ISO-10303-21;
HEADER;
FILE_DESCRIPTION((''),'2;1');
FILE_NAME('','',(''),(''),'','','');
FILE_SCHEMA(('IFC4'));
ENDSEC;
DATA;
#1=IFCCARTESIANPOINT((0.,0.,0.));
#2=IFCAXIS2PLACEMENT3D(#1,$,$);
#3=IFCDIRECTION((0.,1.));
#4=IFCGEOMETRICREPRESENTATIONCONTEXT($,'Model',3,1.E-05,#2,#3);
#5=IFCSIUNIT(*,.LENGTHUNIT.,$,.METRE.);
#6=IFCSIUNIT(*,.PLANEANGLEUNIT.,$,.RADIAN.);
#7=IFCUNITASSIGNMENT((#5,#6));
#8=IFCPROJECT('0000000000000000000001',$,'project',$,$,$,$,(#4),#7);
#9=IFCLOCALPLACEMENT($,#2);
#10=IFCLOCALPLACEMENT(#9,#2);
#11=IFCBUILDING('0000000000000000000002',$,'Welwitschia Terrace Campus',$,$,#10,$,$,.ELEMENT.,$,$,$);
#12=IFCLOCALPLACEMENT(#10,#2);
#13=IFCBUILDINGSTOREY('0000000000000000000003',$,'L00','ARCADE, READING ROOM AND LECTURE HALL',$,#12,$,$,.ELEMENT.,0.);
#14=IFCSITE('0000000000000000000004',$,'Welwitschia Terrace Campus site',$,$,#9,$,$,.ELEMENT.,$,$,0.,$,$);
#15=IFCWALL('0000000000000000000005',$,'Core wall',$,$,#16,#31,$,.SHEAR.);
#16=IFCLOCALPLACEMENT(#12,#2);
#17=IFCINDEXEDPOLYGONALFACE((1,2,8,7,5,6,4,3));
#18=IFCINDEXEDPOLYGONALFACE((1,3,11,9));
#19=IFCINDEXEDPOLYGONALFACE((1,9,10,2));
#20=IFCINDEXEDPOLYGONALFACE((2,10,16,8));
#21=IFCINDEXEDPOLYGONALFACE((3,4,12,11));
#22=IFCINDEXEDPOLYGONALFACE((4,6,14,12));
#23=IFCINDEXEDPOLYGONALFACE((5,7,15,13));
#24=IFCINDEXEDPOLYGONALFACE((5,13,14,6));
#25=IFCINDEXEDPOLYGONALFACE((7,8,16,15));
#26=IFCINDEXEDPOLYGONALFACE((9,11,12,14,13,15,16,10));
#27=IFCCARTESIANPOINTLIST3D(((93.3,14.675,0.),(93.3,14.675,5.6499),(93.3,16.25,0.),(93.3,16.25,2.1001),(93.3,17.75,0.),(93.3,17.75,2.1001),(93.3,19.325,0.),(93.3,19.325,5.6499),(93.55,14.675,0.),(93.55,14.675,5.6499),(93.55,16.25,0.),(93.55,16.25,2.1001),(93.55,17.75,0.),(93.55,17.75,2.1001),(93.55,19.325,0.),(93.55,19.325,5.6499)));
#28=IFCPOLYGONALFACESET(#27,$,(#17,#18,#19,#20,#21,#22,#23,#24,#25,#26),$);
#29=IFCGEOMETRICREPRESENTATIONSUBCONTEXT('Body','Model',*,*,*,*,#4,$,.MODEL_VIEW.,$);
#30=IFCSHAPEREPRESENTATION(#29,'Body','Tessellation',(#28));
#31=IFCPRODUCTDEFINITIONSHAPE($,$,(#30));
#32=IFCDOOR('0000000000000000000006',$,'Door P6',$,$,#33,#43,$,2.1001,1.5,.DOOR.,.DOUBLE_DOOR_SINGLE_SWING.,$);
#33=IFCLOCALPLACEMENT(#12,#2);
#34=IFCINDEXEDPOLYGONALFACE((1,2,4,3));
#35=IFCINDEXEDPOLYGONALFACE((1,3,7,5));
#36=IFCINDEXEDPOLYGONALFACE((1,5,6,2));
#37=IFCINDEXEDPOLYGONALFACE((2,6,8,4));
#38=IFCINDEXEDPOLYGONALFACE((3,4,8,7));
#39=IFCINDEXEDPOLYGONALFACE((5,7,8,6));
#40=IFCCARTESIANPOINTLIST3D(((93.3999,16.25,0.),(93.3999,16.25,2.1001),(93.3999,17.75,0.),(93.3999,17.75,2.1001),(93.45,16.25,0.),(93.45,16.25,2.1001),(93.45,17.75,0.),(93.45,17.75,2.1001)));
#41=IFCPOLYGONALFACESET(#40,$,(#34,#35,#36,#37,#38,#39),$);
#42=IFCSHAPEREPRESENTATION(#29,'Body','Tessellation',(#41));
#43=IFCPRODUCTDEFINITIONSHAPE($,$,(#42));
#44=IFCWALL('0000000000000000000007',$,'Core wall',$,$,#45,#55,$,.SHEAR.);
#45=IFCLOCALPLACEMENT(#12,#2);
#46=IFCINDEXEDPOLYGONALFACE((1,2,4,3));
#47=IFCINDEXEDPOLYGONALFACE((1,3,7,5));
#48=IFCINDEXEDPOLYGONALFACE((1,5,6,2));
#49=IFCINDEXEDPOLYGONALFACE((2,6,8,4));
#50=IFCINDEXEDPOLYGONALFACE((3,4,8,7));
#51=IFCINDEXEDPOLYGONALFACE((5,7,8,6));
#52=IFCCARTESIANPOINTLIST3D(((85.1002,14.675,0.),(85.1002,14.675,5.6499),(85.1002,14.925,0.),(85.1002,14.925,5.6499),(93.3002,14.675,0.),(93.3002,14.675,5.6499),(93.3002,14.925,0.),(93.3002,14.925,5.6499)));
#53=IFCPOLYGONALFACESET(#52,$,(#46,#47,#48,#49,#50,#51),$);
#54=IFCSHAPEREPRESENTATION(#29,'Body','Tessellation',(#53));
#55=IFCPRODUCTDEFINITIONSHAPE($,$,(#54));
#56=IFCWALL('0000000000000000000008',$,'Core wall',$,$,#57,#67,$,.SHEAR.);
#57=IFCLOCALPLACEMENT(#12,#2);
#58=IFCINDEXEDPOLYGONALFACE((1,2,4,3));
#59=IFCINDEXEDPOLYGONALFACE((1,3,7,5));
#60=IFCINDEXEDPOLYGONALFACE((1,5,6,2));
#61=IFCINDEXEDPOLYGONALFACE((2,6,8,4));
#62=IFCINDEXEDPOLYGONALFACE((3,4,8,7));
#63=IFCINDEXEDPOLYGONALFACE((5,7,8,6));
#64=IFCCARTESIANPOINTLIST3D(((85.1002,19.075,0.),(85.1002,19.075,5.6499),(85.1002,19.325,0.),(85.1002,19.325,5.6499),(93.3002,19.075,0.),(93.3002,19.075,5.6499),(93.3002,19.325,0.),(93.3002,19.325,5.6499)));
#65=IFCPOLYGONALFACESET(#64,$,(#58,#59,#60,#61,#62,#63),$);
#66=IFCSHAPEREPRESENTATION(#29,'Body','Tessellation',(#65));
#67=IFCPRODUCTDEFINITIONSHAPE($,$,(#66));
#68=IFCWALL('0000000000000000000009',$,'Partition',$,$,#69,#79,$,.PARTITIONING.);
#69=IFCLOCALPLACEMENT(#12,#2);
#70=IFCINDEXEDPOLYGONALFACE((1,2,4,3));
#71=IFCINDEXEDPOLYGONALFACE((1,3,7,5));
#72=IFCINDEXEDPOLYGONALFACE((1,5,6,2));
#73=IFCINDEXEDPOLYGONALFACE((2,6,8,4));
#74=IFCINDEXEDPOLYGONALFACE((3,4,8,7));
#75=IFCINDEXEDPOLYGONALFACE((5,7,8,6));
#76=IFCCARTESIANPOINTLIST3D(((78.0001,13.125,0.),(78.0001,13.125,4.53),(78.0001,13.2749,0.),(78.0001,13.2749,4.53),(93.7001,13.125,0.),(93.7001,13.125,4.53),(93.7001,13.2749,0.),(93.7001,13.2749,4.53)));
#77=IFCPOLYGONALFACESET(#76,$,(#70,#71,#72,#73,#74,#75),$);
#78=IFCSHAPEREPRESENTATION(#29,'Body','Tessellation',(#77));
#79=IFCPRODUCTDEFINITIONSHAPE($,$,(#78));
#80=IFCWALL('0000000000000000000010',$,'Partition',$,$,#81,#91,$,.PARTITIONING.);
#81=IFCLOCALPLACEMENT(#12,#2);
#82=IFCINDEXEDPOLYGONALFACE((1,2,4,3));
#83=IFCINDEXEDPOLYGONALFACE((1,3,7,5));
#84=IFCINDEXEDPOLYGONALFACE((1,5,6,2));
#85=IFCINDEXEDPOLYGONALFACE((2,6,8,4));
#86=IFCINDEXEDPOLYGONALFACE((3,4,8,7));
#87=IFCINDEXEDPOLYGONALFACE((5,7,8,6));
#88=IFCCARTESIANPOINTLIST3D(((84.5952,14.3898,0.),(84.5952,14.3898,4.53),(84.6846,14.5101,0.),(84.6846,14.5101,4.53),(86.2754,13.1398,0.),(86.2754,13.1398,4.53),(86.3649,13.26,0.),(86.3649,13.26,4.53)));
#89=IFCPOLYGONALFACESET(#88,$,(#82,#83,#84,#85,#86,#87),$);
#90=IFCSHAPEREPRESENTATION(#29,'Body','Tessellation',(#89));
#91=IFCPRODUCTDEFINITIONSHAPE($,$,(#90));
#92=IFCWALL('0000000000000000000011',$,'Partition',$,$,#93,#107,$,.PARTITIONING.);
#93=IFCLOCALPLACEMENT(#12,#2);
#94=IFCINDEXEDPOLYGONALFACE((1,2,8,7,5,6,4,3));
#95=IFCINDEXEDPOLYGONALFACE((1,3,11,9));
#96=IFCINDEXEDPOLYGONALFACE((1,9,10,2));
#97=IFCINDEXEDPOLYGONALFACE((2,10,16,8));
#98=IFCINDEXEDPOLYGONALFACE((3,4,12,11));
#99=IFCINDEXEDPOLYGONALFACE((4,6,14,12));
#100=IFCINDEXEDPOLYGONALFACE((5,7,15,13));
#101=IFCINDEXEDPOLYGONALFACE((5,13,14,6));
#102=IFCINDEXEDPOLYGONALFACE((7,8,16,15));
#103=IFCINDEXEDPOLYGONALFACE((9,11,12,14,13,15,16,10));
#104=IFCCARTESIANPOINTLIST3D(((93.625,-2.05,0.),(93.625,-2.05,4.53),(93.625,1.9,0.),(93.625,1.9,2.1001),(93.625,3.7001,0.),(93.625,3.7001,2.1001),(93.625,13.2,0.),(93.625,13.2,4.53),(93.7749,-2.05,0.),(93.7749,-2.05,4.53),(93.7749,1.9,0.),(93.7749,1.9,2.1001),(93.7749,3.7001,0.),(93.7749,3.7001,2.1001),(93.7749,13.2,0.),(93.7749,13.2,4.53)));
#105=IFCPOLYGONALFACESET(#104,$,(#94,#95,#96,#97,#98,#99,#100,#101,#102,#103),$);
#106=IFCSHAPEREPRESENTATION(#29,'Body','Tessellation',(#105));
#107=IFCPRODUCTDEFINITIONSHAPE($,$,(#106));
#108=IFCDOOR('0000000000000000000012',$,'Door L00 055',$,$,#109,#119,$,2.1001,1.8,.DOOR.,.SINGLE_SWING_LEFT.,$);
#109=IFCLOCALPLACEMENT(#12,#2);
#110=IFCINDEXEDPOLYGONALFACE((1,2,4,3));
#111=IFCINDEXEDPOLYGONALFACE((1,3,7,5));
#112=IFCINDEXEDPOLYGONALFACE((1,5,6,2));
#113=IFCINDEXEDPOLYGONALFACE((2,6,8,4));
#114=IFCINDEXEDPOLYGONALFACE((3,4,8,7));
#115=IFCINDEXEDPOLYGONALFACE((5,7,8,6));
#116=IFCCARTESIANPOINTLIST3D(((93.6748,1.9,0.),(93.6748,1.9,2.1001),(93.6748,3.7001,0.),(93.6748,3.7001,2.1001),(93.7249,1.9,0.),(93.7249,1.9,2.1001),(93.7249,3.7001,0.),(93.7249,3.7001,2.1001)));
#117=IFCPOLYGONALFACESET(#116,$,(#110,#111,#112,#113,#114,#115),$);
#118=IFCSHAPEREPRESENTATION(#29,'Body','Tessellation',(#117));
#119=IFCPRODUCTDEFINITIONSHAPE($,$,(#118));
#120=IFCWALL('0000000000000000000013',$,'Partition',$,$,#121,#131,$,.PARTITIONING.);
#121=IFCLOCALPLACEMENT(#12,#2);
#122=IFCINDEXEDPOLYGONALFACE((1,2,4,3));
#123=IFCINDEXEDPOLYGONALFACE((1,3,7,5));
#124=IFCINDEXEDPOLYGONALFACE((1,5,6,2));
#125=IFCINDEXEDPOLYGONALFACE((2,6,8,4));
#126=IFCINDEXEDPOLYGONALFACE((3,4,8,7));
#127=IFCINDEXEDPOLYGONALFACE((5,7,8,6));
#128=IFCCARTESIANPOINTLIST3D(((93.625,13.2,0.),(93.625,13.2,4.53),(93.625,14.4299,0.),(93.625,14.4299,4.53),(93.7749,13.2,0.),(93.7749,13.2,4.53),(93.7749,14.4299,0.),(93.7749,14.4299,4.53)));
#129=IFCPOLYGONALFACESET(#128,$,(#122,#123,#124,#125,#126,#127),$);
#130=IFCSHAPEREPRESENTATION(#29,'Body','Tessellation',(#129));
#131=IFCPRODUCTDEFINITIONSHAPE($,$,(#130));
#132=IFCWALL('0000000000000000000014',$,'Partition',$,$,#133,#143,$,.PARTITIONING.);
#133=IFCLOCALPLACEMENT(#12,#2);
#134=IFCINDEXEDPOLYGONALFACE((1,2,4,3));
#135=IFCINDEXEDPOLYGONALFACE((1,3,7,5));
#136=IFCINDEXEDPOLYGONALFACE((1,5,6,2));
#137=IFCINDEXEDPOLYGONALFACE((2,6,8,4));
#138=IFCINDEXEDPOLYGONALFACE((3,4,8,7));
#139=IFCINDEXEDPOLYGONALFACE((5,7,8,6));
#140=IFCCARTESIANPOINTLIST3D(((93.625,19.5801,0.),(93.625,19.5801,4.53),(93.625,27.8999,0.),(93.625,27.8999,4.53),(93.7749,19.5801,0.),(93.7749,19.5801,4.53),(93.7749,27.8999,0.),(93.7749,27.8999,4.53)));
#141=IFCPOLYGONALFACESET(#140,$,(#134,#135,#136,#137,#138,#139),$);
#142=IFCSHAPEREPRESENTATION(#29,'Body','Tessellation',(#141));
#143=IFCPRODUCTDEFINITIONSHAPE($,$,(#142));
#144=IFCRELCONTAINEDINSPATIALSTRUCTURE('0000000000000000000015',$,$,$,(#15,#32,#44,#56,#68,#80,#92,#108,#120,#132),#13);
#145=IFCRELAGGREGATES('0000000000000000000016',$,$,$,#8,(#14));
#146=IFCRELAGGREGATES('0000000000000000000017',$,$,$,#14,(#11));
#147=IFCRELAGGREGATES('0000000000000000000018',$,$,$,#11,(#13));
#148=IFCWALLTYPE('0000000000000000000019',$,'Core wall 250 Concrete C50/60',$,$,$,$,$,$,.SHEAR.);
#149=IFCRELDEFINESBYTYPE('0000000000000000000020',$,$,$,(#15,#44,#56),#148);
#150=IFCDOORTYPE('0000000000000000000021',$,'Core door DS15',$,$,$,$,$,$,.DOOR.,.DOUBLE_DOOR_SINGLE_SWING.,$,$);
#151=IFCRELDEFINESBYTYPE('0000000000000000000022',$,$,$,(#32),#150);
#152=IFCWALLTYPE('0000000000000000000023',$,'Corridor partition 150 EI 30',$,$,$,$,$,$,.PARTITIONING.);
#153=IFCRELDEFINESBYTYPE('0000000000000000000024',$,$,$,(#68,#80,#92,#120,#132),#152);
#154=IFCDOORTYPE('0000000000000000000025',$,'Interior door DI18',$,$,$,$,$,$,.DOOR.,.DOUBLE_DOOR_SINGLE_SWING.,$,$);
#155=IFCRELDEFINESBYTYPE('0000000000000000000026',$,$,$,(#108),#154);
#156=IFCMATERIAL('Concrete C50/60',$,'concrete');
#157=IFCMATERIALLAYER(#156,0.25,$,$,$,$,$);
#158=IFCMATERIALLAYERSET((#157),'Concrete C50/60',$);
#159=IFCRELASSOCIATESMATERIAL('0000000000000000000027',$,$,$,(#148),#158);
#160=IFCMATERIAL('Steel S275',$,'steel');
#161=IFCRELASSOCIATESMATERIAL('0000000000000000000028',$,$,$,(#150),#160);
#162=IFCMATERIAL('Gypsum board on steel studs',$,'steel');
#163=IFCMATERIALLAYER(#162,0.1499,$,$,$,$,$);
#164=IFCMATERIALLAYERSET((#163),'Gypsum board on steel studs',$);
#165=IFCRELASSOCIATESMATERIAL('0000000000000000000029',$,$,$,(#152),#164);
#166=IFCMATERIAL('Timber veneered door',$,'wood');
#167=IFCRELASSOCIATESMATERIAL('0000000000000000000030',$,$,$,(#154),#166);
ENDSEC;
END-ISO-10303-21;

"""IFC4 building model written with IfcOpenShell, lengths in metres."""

from ifc_helpers import new_model, si_unit, direction, frame, frame_2d, origin, place, context, subcontext, project, spatial, rectangle, extrude, material, layer, layer_set, type_object, element, fill, save


model = new_model("IFC4")

# Units and contexts
model_context = context("Model", 3, precision=1e-05, world=origin(), true_north=direction((0.0, 1.0)))
body_context = subcontext(model_context, "Body", "Model", "MODEL_VIEW")
ifc_project = project(units=[si_unit("LENGTHUNIT", "METRE"), si_unit("PLANEANGLEUNIT", "RADIAN")], contexts=[model_context])

# Site, building, storey
site_placement = place(None, origin())
site = spatial("IfcSite", under=ifc_project, at=site_placement, Name="Welwitschia Terrace Campus site", CompositionType="ELEMENT", RefElevation=0.0)
building_placement = place(site_placement, origin())
building = spatial("IfcBuilding", under=site, at=building_placement, Name="Welwitschia Terrace Campus", CompositionType="ELEMENT")
storey_placement = place(building_placement, origin())
storey = spatial("IfcBuildingStorey", under=building, at=storey_placement, Name="L00", Description="ARCADE, READING ROOM AND LECTURE HALL", CompositionType="ELEMENT", Elevation=0.0)

# Shared definitions
ifc_material_1 = material(Name="Concrete C50/60", Category="concrete")
ifc_layer_1 = layer(ifc_material_1, 0.25)
ifc_layer_set_1 = layer_set([ifc_layer_1], Name="Concrete C50/60")
wall_type_1 = type_object("IfcWallType", Name="Core wall 250 Concrete C50/60", PredefinedType="SHEAR", material=ifc_layer_set_1)

# Wall, opening, door
wall_1_placement = place(storey_placement, frame((93.425, 19.325, 0.0), z_axis=(0.0, 0.0, 1.0), x_axis=(0.0, -1.0, 0.0)))
wall_1 = element("IfcWall", 1, at=wall_1_placement, inside=storey, type_object=wall_type_1, Name="Core wall", PredefinedType="SHEAR", context=body_context, shape_type="SweptSolid", body=[
    extrude(rectangle(XDim=4.6499, YDim=0.25, at=frame_2d((2.325, 0.0))), origin(), (0.0, 0.0, 1.0), 5.6499),
])
opening_1_placement = place(wall_1_placement, frame((1.575, 0.0, 0.0)))
opening_1 = element("IfcOpeningElement", 2, at=opening_1_placement, cuts=wall_1, PredefinedType="OPENING", context=body_context, shape_type="SweptSolid", body=[
    extrude(rectangle(XDim=1.5, YDim=2.1001, at=frame_2d((0.75, 1.05))), frame((0.0, 0.135, 0.0), z_axis=(0.0, -1.0, 0.0), x_axis=(1.0, 0.0, 0.0)), (0.0, 0.0, 1.0), 0.27),
])
ifc_material_2 = material(Name="Steel S275", Category="steel")
door_type_1 = type_object("IfcDoorType", Name="Core door DS15", OperationType="DOUBLE_DOOR_SINGLE_SWING", PredefinedType="DOOR", material=ifc_material_2)
door_1_placement = place(opening_1_placement, origin())
door_1 = element("IfcDoor", 3, at=door_1_placement, inside=storey, type_object=door_type_1, Name="Door P6", OperationType="DOUBLE_DOOR_SINGLE_SWING", OverallHeight=2.1001, OverallWidth=1.5, PredefinedType="DOOR", context=body_context, shape_type="SweptSolid", body=[
    extrude(rectangle(XDim=1.5, YDim=2.1001, at=frame_2d((0.75, 1.05))), frame((0.0, 0.0249, 0.0), z_axis=(0.0, -1.0, 0.0), x_axis=(1.0, 0.0, 0.0)), (0.0, 0.0, 1.0), 0.05),
])
fill(opening_1, door_1)

# Walls
for number, where, z_axis, x_axis, name in (
    (4, (85.1001, 14.8, 0.0), (0.0, 0.0, 1.0), (1.0, 0.0, 0.0), "Core wall"),
    (5, (85.1001, 19.2, 0.0), (0.0, 0.0, 1.0), (1.0, 0.0, 0.0), "Core wall"),
):
    element("IfcWall", number, at=place(storey_placement, frame(where, z_axis=z_axis, x_axis=x_axis)), inside=storey, type_object=wall_type_1, Name=name, PredefinedType="SHEAR", context=body_context, shape_type="SweptSolid", body=[
        extrude(rectangle(XDim=8.2, YDim=0.25, at=frame_2d((4.1001, 0.0))), origin(), (0.0, 0.0, 1.0), 5.6499),
    ])
ifc_material_3 = material(Name="Gypsum board on steel studs", Category="steel")
ifc_layer_2 = layer(ifc_material_3, 0.1499)
ifc_layer_set_2 = layer_set([ifc_layer_2], Name="Gypsum board on steel studs")
wall_type_2 = type_object("IfcWallType", Name="Corridor partition 150 EI 30", PredefinedType="PARTITIONING", material=ifc_layer_set_2)
wall_2_placement = place(storey_placement, frame((78.0, 13.2, 0.0), z_axis=(0.0, 0.0, 1.0), x_axis=(1.0, 0.0, 0.0)))
element("IfcWall", 6, at=wall_2_placement, inside=storey, type_object=wall_type_2, Name="Partition", PredefinedType="PARTITIONING", context=body_context, shape_type="SweptSolid", body=[
    extrude(rectangle(XDim=15.7, YDim=0.1499, at=frame_2d((7.8501, 0.0))), origin(), (0.0, 0.0, 1.0), 4.53),
])
wall_3_placement = place(storey_placement, frame((84.6399, 14.45, 0.0), z_axis=(0.0, 0.0, 1.0), x_axis=(0.802316, -0.596899, 0.0)))
element("IfcWall", 7, at=wall_3_placement, inside=storey, type_object=wall_type_2, Name="Partition", PredefinedType="PARTITIONING", context=body_context, shape_type="SweptSolid", body=[
    extrude(rectangle(XDim=2.0942, YDim=0.1499, at=frame_2d((1.0471, 0.0))), origin(), (0.0, 0.0, 1.0), 4.53),
])

# Wall, opening, door
wall_4_placement = place(storey_placement, frame((93.7, 13.2, 0.0), z_axis=(0.0, 0.0, 1.0), x_axis=(0.0, -1.0, 0.0)))
wall_4 = element("IfcWall", 8, at=wall_4_placement, inside=storey, type_object=wall_type_2, Name="Partition", PredefinedType="PARTITIONING", context=body_context, shape_type="SweptSolid", body=[
    extrude(rectangle(XDim=15.25, YDim=0.1499, at=frame_2d((7.625, 0.0))), origin(), (0.0, 0.0, 1.0), 4.53),
])
opening_2_placement = place(wall_4_placement, frame((9.5, 0.0, 0.0)))
opening_2 = element("IfcOpeningElement", 9, at=opening_2_placement, cuts=wall_4, PredefinedType="OPENING", context=body_context, shape_type="SweptSolid", body=[
    extrude(rectangle(XDim=1.8, YDim=2.1001, at=frame_2d((0.8999, 1.05))), frame((0.0, 0.085, 0.0), z_axis=(0.0, -1.0, 0.0), x_axis=(1.0, 0.0, 0.0)), (0.0, 0.0, 1.0), 0.1699),
])
ifc_material_4 = material(Name="Timber veneered door", Category="wood")
door_type_2 = type_object("IfcDoorType", Name="Interior door DI18", OperationType="DOUBLE_DOOR_SINGLE_SWING", PredefinedType="DOOR", material=ifc_material_4)
door_2_placement = place(opening_2_placement, origin())
door_2 = element("IfcDoor", 10, at=door_2_placement, inside=storey, type_object=door_type_2, Name="Door L00 055", OperationType="SINGLE_SWING_LEFT", OverallHeight=2.1001, OverallWidth=1.8, PredefinedType="DOOR", context=body_context, shape_type="SweptSolid", body=[
    extrude(rectangle(XDim=1.8, YDim=2.1001, at=frame_2d((0.8999, 1.05))), frame((0.0, 0.0249, 0.0), z_axis=(0.0, -1.0, 0.0), x_axis=(1.0, 0.0, 0.0)), (0.0, 0.0, 1.0), 0.05),
])
fill(opening_2, door_2)

# Walls
wall_5_placement = place(storey_placement, frame((93.7, 13.2, 0.0), z_axis=(0.0, 0.0, 1.0), x_axis=(0.0, 1.0, 0.0)))
element("IfcWall", 11, at=wall_5_placement, inside=storey, type_object=wall_type_2, Name="Partition", PredefinedType="PARTITIONING", context=body_context, shape_type="SweptSolid", body=[
    extrude(rectangle(XDim=1.23, YDim=0.1499, at=frame_2d((0.615, 0.0))), origin(), (0.0, 0.0, 1.0), 4.53),
])
wall_6_placement = place(storey_placement, frame((93.7, 19.5801, 0.0), z_axis=(0.0, 0.0, 1.0), x_axis=(0.0, 1.0, 0.0)))
element("IfcWall", 12, at=wall_6_placement, inside=storey, type_object=wall_type_2, Name="Partition", PredefinedType="PARTITIONING", context=body_context, shape_type="SweptSolid", body=[
    extrude(rectangle(XDim=8.3198, YDim=0.1499, at=frame_2d((4.1599, 0.0))), origin(), (0.0, 0.0, 1.0), 4.53),
])

save(model, "model.ifc")
